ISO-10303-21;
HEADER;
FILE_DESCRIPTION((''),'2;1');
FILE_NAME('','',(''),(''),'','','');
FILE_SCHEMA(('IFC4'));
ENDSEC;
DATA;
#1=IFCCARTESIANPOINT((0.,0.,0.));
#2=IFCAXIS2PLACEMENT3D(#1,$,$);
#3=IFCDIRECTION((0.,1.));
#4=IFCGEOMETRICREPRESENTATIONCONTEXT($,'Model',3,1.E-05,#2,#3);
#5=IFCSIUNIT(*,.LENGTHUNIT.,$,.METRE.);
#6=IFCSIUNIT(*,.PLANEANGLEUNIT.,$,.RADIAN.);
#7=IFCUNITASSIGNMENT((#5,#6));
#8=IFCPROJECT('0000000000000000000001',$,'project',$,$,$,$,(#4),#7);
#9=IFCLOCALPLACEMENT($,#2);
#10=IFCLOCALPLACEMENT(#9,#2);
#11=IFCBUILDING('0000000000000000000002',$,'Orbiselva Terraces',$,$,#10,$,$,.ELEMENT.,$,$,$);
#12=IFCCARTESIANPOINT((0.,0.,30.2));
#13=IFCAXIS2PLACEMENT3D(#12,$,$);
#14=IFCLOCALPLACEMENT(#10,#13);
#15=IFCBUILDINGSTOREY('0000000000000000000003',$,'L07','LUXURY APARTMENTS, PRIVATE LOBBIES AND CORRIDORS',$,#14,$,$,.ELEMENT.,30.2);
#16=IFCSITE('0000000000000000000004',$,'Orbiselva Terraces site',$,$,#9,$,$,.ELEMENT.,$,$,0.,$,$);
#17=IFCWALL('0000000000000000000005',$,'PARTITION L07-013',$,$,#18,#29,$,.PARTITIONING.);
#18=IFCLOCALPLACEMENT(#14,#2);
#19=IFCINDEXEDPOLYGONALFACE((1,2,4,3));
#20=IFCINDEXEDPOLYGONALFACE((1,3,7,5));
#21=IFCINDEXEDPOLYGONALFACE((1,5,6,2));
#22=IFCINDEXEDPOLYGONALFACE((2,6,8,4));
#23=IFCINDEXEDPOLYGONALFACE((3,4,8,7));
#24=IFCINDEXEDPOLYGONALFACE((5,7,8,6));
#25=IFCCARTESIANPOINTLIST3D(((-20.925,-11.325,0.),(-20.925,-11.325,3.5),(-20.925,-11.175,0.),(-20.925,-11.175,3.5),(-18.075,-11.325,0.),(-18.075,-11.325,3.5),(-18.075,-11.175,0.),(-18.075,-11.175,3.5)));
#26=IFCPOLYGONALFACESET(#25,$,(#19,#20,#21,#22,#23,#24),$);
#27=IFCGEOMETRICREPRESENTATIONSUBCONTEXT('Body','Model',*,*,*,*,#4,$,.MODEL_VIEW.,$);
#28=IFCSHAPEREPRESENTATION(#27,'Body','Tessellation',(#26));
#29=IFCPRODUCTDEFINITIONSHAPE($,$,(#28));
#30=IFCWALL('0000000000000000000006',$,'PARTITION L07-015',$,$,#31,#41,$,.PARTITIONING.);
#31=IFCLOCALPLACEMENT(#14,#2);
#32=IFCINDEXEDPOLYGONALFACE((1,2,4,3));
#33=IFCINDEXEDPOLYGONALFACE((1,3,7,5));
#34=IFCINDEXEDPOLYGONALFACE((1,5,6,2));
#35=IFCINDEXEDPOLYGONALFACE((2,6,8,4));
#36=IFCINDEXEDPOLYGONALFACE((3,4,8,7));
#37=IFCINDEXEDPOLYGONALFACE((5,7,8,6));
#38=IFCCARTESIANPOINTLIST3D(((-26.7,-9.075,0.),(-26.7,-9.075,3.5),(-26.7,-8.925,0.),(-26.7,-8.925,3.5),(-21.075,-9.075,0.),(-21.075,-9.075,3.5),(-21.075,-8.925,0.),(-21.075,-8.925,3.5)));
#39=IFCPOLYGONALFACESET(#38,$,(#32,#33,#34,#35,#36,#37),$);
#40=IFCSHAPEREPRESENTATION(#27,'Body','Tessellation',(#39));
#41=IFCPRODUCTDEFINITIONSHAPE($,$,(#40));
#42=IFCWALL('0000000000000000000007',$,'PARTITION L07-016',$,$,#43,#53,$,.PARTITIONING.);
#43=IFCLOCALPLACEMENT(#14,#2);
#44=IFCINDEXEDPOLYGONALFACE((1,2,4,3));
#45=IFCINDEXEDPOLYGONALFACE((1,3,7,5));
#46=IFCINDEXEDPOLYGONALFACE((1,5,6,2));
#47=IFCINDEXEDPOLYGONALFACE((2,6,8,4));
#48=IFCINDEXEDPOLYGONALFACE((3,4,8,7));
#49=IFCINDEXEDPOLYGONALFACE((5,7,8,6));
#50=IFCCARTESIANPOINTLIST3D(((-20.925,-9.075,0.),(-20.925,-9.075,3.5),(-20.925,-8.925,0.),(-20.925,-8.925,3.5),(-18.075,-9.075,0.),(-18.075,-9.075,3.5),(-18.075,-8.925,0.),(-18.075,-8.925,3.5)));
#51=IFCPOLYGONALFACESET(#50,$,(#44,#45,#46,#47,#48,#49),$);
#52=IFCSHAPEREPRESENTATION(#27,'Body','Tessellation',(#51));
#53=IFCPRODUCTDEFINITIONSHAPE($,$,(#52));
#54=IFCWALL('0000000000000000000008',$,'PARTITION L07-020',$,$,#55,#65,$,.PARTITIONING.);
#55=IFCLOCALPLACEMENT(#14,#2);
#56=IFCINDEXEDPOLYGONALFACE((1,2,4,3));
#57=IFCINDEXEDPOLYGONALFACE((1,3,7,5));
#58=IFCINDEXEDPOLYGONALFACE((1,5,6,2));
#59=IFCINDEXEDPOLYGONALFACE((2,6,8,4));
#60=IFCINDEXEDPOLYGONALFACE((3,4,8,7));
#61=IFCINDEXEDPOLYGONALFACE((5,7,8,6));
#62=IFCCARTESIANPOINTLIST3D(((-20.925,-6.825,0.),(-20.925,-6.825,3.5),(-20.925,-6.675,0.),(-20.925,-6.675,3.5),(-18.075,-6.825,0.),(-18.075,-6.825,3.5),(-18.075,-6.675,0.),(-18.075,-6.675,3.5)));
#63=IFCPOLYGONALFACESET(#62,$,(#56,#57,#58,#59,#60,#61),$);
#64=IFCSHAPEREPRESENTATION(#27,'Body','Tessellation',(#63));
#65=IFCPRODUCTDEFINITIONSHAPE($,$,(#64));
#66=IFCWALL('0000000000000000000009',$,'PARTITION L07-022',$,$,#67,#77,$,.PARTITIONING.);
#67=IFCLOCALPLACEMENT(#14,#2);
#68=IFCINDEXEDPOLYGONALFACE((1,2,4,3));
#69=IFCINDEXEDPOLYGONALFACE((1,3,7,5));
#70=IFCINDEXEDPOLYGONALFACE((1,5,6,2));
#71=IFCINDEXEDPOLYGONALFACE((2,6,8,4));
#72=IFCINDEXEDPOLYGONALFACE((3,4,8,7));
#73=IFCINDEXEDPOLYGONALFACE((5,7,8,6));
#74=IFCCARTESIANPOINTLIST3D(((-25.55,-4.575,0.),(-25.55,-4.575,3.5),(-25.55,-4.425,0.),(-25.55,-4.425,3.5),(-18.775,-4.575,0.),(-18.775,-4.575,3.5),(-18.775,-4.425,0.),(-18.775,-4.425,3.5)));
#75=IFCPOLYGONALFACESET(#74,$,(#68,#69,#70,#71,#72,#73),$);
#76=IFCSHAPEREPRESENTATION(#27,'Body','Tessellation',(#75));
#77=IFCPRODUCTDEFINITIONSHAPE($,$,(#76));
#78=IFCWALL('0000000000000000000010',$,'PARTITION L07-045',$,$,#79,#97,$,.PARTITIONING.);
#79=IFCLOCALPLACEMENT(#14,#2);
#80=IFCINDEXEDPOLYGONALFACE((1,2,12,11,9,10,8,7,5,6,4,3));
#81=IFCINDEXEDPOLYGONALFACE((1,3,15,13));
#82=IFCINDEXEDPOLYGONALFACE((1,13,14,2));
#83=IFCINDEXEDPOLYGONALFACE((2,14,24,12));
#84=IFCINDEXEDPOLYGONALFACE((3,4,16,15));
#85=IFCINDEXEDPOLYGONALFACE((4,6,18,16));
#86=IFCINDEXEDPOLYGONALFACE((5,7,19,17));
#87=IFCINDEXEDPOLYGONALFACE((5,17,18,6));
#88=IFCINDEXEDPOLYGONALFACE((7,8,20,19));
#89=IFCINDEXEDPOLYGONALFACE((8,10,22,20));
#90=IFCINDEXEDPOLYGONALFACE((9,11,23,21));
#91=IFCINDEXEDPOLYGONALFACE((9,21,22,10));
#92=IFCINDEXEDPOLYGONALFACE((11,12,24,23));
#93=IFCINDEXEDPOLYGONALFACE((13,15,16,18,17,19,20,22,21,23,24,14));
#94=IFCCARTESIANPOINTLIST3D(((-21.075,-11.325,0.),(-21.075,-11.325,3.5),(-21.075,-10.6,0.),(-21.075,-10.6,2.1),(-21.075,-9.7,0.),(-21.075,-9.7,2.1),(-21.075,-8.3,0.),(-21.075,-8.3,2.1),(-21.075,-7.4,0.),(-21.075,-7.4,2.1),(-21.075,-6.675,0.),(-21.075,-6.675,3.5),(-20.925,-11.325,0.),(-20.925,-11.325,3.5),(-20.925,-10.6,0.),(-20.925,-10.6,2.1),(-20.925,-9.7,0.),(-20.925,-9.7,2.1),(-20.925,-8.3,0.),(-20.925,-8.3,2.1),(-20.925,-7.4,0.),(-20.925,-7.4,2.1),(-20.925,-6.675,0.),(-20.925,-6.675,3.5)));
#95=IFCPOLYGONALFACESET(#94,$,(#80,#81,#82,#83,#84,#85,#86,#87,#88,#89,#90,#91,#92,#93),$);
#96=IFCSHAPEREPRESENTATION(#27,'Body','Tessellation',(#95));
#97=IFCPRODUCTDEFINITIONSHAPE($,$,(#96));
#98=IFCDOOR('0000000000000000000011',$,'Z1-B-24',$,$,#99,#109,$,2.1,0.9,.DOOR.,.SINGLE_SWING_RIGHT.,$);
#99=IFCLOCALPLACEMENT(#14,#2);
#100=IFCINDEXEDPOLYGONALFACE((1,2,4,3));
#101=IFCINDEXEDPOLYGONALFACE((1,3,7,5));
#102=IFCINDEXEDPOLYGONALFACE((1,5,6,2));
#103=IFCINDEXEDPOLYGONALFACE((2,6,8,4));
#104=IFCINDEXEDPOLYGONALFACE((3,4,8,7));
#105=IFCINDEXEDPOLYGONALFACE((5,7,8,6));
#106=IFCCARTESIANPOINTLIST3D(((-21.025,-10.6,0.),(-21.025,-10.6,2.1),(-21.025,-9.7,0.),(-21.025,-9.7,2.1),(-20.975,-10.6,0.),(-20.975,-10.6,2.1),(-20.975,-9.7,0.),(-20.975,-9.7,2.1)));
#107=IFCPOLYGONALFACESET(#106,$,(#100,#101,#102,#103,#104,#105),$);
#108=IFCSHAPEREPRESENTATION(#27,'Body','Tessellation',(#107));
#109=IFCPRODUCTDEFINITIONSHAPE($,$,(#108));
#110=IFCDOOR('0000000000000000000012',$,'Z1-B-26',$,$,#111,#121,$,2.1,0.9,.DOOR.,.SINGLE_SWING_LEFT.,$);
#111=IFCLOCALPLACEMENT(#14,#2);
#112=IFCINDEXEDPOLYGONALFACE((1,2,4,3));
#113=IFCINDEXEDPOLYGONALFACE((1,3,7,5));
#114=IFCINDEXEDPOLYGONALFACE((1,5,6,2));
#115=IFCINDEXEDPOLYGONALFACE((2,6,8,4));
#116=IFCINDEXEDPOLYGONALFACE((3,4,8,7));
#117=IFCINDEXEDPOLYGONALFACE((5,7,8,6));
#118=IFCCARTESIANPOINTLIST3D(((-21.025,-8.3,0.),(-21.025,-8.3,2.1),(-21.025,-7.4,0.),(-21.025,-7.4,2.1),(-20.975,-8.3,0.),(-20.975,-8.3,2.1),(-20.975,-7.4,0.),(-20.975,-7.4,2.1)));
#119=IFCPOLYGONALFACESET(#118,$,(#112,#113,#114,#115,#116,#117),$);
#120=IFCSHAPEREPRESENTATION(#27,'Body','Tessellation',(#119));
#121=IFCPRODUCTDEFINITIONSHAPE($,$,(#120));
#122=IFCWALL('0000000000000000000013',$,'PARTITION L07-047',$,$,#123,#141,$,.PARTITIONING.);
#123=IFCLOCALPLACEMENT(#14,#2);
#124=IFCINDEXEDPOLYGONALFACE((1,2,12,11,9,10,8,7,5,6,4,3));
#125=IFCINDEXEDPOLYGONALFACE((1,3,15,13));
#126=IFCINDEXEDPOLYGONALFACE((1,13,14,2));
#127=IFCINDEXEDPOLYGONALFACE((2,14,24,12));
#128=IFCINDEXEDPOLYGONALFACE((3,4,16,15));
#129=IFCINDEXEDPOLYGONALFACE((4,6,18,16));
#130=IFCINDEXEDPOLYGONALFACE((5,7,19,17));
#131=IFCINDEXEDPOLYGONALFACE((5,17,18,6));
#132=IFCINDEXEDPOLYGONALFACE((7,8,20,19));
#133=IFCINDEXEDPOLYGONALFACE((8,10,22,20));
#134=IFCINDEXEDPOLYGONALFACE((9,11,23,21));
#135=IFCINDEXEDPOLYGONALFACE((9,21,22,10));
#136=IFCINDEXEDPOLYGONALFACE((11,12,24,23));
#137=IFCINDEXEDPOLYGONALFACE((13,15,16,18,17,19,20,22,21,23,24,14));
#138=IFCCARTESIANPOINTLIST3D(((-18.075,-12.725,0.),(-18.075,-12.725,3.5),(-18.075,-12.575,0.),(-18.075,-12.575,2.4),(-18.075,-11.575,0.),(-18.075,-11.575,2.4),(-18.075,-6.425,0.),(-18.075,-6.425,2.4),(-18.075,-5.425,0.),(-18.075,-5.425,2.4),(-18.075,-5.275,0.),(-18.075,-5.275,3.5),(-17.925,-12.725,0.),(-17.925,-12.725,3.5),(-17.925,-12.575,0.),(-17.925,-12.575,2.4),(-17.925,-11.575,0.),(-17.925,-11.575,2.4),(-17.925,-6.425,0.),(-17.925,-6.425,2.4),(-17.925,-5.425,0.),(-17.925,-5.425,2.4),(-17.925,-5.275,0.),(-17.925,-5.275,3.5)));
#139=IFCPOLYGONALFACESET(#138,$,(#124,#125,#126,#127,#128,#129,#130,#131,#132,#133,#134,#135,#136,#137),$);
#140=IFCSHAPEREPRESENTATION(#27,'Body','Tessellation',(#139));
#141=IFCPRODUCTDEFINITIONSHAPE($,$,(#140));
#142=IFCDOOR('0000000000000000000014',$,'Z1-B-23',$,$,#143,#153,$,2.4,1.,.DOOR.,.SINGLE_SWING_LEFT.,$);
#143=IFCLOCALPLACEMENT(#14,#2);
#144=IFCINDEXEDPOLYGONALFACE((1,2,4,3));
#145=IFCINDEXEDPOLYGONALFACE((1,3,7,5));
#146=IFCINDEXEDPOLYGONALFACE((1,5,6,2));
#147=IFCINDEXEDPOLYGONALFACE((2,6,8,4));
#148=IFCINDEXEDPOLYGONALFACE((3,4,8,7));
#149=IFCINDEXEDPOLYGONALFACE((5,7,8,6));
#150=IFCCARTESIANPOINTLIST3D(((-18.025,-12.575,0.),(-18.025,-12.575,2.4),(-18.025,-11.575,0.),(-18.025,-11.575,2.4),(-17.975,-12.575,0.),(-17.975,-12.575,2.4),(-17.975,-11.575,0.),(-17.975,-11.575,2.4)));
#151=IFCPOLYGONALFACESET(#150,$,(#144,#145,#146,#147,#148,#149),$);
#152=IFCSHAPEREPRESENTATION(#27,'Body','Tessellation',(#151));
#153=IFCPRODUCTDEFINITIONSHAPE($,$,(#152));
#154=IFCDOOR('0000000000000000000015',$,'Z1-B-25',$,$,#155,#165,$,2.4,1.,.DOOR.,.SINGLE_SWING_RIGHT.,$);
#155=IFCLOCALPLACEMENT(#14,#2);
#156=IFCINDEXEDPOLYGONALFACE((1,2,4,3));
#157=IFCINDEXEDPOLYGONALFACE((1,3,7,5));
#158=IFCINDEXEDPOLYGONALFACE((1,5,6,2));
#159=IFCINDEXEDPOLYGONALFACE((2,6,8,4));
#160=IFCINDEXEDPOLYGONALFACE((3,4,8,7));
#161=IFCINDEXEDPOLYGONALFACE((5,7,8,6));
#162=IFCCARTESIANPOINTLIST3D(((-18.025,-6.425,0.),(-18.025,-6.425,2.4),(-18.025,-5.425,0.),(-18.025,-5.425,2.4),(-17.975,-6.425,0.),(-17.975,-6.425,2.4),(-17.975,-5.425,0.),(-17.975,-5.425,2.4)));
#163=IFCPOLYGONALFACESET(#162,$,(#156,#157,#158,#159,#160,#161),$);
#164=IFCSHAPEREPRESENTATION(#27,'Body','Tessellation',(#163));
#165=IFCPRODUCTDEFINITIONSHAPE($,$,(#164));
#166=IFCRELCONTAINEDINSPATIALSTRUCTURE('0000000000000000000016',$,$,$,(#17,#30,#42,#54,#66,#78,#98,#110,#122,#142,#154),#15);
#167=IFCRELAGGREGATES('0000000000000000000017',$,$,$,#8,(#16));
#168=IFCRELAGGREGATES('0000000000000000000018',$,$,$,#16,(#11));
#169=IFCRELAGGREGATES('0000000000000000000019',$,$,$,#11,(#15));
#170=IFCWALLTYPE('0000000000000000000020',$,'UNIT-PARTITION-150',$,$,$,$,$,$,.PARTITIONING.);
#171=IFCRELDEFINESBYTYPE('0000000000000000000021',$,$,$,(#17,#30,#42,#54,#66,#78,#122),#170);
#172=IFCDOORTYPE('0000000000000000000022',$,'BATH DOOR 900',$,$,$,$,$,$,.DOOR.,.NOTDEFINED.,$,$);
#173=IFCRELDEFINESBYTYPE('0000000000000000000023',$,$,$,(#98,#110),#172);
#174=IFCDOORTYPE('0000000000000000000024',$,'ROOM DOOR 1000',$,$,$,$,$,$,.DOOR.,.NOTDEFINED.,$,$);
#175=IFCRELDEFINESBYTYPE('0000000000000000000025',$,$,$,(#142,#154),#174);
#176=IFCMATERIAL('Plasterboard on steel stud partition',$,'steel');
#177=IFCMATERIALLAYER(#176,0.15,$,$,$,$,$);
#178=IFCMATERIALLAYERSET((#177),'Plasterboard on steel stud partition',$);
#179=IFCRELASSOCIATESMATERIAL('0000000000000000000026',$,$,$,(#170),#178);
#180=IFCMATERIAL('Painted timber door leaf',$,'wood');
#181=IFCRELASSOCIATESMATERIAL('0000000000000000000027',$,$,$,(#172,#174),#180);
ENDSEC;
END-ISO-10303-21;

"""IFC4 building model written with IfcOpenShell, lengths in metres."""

from ifc_helpers import new_model, si_unit, direction, frame, frame_2d, origin, place, context, subcontext, project, spatial, rectangle, extrude, material, layer, layer_set, type_object, element, fill, save


model = new_model("IFC4")

# Units and contexts
model_context = context("Model", 3, precision=1e-05, world=origin(), true_north=direction((0.0, 1.0)))
body_context = subcontext(model_context, "Body", "Model", "MODEL_VIEW")
ifc_project = project(units=[si_unit("LENGTHUNIT", "METRE"), si_unit("PLANEANGLEUNIT", "RADIAN")], contexts=[model_context])

# Site, building, storey
site_placement = place(None, origin())
site = spatial("IfcSite", under=ifc_project, at=site_placement, Name="Orbiselva Terraces site", CompositionType="ELEMENT", RefElevation=0.0)
building_placement = place(site_placement, origin())
building = spatial("IfcBuilding", under=site, at=building_placement, Name="Orbiselva Terraces", CompositionType="ELEMENT")
storey_placement = place(building_placement, frame((0.0, 0.0, 30.2)))
storey = spatial("IfcBuildingStorey", under=building, at=storey_placement, Name="L07", Description="LUXURY APARTMENTS, PRIVATE LOBBIES AND CORRIDORS", CompositionType="ELEMENT", Elevation=30.2)

# Walls
ifc_material_1 = material(Name="Plasterboard on steel stud partition", Category="steel")
ifc_layer_1 = layer(ifc_material_1, 0.15)
ifc_layer_set_1 = layer_set([ifc_layer_1], Name="Plasterboard on steel stud partition")
wall_type_1 = type_object("IfcWallType", Name="UNIT-PARTITION-150", PredefinedType="PARTITIONING", material=ifc_layer_set_1)
wall_1_placement = place(storey_placement, frame((-20.925, -11.25, 0.0), z_axis=(0.0, 0.0, 1.0), x_axis=(1.0, 0.0, 0.0)))
element("IfcWall", 1, at=wall_1_placement, inside=storey, type_object=wall_type_1, Name="PARTITION L07-013", PredefinedType="PARTITIONING", context=body_context, shape_type="SweptSolid", body=[
    extrude(rectangle(XDim=2.85, YDim=0.15, at=frame_2d((1.425, 0.0))), origin(), (0.0, 0.0, 1.0), 3.5),
])
wall_2_placement = place(storey_placement, frame((-26.7, -9.0, 0.0), z_axis=(0.0, 0.0, 1.0), x_axis=(1.0, 0.0, 0.0)))
element("IfcWall", 2, at=wall_2_placement, inside=storey, type_object=wall_type_1, Name="PARTITION L07-015", PredefinedType="PARTITIONING", context=body_context, shape_type="SweptSolid", body=[
    extrude(rectangle(XDim=5.625, YDim=0.15, at=frame_2d((2.8125, 0.0))), origin(), (0.0, 0.0, 1.0), 3.5),
])
for number, where, z_axis, x_axis, name in (
    (3, (-20.925, -9.0, 0.0), (0.0, 0.0, 1.0), (1.0, 0.0, 0.0), "PARTITION L07-016"),
    (4, (-20.925, -6.75, 0.0), (0.0, 0.0, 1.0), (1.0, 0.0, 0.0), "PARTITION L07-020"),
):
    element("IfcWall", number, at=place(storey_placement, frame(where, z_axis=z_axis, x_axis=x_axis)), inside=storey, type_object=wall_type_1, Name=name, PredefinedType="PARTITIONING", context=body_context, shape_type="SweptSolid", body=[
        extrude(rectangle(XDim=2.85, YDim=0.15, at=frame_2d((1.425, 0.0))), origin(), (0.0, 0.0, 1.0), 3.5),
    ])
wall_3_placement = place(storey_placement, frame((-25.55, -4.5, 0.0), z_axis=(0.0, 0.0, 1.0), x_axis=(1.0, 0.0, 0.0)))
element("IfcWall", 5, at=wall_3_placement, inside=storey, type_object=wall_type_1, Name="PARTITION L07-022", PredefinedType="PARTITIONING", context=body_context, shape_type="SweptSolid", body=[
    extrude(rectangle(XDim=6.775, YDim=0.15, at=frame_2d((3.3875, 0.0))), origin(), (0.0, 0.0, 1.0), 3.5),
])

# Walls, openings, doors
wall_4_placement = place(storey_placement, frame((-21.0, -6.675, 0.0), z_axis=(0.0, 0.0, 1.0), x_axis=(0.0, -1.0, 0.0)))
wall_4 = element("IfcWall", 6, at=wall_4_placement, inside=storey, type_object=wall_type_1, Name="PARTITION L07-045", PredefinedType="PARTITIONING", context=body_context, shape_type="SweptSolid", body=[
    extrude(rectangle(XDim=4.65, YDim=0.15, at=frame_2d((2.325, 0.0))), origin(), (0.0, 0.0, 1.0), 3.5),
])
opening_1_placement = place(wall_4_placement, frame((3.025, 0.0, 0.0)))
opening_1 = element("IfcOpeningElement", 7, at=opening_1_placement, cuts=wall_4, PredefinedType="OPENING", context=body_context, shape_type="SweptSolid", body=[
    extrude(rectangle(XDim=0.9, YDim=2.1, at=frame_2d((0.45, 1.05))), frame((0.0, 0.085, 0.0), z_axis=(0.0, -1.0, 0.0), x_axis=(1.0, 0.0, 0.0)), (0.0, 0.0, 1.0), 0.17),
])
opening_2_placement = place(wall_4_placement, frame((0.725, 0.0, 0.0)))
opening_2 = element("IfcOpeningElement", 8, at=opening_2_placement, cuts=wall_4, PredefinedType="OPENING", context=body_context, shape_type="SweptSolid", body=[
    extrude(rectangle(XDim=0.9, YDim=2.1, at=frame_2d((0.45, 1.05))), frame((0.0, 0.085, 0.0), z_axis=(0.0, -1.0, 0.0), x_axis=(1.0, 0.0, 0.0)), (0.0, 0.0, 1.0), 0.17),
])
ifc_material_2 = material(Name="Painted timber door leaf", Category="wood")
door_type_1 = type_object("IfcDoorType", Name="BATH DOOR 900", OperationType="NOTDEFINED", PredefinedType="DOOR", material=ifc_material_2)
door_1_placement = place(opening_1_placement, origin())
door_1 = element("IfcDoor", 9, at=door_1_placement, inside=storey, type_object=door_type_1, Name="Z1-B-24", OperationType="SINGLE_SWING_RIGHT", OverallHeight=2.1, OverallWidth=0.9, PredefinedType="DOOR", context=body_context, shape_type="SweptSolid", body=[
    extrude(rectangle(XDim=0.9, YDim=2.1, at=frame_2d((0.45, 1.05))), frame((0.0, 0.025, 0.0), z_axis=(0.0, -1.0, 0.0), x_axis=(1.0, 0.0, 0.0)), (0.0, 0.0, 1.0), 0.05),
])
fill(opening_1, door_1)
door_2_placement = place(opening_2_placement, origin())
door_2 = element("IfcDoor", 10, at=door_2_placement, inside=storey, type_object=door_type_1, Name="Z1-B-26", OperationType="SINGLE_SWING_LEFT", OverallHeight=2.1, OverallWidth=0.9, PredefinedType="DOOR", context=body_context, shape_type="SweptSolid", body=[
    extrude(rectangle(XDim=0.9, YDim=2.1, at=frame_2d((0.45, 1.05))), frame((0.0, 0.025, 0.0), z_axis=(0.0, -1.0, 0.0), x_axis=(1.0, 0.0, 0.0)), (0.0, 0.0, 1.0), 0.05),
])
fill(opening_2, door_2)
wall_5_placement = place(storey_placement, frame((-18.0, -12.725, 0.0), z_axis=(0.0, 0.0, 1.0), x_axis=(0.0, 1.0, 0.0)))
wall_5 = element("IfcWall", 11, at=wall_5_placement, inside=storey, type_object=wall_type_1, Name="PARTITION L07-047", PredefinedType="PARTITIONING", context=body_context, shape_type="SweptSolid", body=[
    extrude(rectangle(XDim=7.45, YDim=0.15, at=frame_2d((3.725, 0.0))), origin(), (0.0, 0.0, 1.0), 3.5),
])
opening_3_placement = place(wall_5_placement, frame((0.15, 0.0, 0.0)))
opening_3 = element("IfcOpeningElement", 12, at=opening_3_placement, cuts=wall_5, PredefinedType="OPENING", context=body_context, shape_type="SweptSolid", body=[
    extrude(rectangle(XDim=1.0, YDim=2.4, at=frame_2d((0.5, 1.2))), frame((0.0, 0.085, 0.0), z_axis=(0.0, -1.0, 0.0), x_axis=(1.0, 0.0, 0.0)), (0.0, 0.0, 1.0), 0.17),
])
opening_4_placement = place(wall_5_placement, frame((6.3, 0.0, 0.0)))
opening_4 = element("IfcOpeningElement", 13, at=opening_4_placement, cuts=wall_5, PredefinedType="OPENING", context=body_context, shape_type="SweptSolid", body=[
    extrude(rectangle(XDim=1.0, YDim=2.4, at=frame_2d((0.5, 1.2))), frame((0.0, 0.085, 0.0), z_axis=(0.0, -1.0, 0.0), x_axis=(1.0, 0.0, 0.0)), (0.0, 0.0, 1.0), 0.17),
])
door_type_2 = type_object("IfcDoorType", Name="ROOM DOOR 1000", OperationType="NOTDEFINED", PredefinedType="DOOR", material=ifc_material_2)
door_3_placement = place(opening_3_placement, origin())
door_3 = element("IfcDoor", 14, at=door_3_placement, inside=storey, type_object=door_type_2, Name="Z1-B-23", OperationType="SINGLE_SWING_LEFT", OverallHeight=2.4, OverallWidth=1.0, PredefinedType="DOOR", context=body_context, shape_type="SweptSolid", body=[
    extrude(rectangle(XDim=1.0, YDim=2.4, at=frame_2d((0.5, 1.2))), frame((0.0, 0.025, 0.0), z_axis=(0.0, -1.0, 0.0), x_axis=(1.0, 0.0, 0.0)), (0.0, 0.0, 1.0), 0.05),
])
fill(opening_3, door_3)
door_4_placement = place(opening_4_placement, origin())
door_4 = element("IfcDoor", 15, at=door_4_placement, inside=storey, type_object=door_type_2, Name="Z1-B-25", OperationType="SINGLE_SWING_RIGHT", OverallHeight=2.4, OverallWidth=1.0, PredefinedType="DOOR", context=body_context, shape_type="SweptSolid", body=[
    extrude(rectangle(XDim=1.0, YDim=2.4, at=frame_2d((0.5, 1.2))), frame((0.0, 0.025, 0.0), z_axis=(0.0, -1.0, 0.0), x_axis=(1.0, 0.0, 0.0)), (0.0, 0.0, 1.0), 0.05),
])
fill(opening_4, door_4)

save(model, "model.ifc")
